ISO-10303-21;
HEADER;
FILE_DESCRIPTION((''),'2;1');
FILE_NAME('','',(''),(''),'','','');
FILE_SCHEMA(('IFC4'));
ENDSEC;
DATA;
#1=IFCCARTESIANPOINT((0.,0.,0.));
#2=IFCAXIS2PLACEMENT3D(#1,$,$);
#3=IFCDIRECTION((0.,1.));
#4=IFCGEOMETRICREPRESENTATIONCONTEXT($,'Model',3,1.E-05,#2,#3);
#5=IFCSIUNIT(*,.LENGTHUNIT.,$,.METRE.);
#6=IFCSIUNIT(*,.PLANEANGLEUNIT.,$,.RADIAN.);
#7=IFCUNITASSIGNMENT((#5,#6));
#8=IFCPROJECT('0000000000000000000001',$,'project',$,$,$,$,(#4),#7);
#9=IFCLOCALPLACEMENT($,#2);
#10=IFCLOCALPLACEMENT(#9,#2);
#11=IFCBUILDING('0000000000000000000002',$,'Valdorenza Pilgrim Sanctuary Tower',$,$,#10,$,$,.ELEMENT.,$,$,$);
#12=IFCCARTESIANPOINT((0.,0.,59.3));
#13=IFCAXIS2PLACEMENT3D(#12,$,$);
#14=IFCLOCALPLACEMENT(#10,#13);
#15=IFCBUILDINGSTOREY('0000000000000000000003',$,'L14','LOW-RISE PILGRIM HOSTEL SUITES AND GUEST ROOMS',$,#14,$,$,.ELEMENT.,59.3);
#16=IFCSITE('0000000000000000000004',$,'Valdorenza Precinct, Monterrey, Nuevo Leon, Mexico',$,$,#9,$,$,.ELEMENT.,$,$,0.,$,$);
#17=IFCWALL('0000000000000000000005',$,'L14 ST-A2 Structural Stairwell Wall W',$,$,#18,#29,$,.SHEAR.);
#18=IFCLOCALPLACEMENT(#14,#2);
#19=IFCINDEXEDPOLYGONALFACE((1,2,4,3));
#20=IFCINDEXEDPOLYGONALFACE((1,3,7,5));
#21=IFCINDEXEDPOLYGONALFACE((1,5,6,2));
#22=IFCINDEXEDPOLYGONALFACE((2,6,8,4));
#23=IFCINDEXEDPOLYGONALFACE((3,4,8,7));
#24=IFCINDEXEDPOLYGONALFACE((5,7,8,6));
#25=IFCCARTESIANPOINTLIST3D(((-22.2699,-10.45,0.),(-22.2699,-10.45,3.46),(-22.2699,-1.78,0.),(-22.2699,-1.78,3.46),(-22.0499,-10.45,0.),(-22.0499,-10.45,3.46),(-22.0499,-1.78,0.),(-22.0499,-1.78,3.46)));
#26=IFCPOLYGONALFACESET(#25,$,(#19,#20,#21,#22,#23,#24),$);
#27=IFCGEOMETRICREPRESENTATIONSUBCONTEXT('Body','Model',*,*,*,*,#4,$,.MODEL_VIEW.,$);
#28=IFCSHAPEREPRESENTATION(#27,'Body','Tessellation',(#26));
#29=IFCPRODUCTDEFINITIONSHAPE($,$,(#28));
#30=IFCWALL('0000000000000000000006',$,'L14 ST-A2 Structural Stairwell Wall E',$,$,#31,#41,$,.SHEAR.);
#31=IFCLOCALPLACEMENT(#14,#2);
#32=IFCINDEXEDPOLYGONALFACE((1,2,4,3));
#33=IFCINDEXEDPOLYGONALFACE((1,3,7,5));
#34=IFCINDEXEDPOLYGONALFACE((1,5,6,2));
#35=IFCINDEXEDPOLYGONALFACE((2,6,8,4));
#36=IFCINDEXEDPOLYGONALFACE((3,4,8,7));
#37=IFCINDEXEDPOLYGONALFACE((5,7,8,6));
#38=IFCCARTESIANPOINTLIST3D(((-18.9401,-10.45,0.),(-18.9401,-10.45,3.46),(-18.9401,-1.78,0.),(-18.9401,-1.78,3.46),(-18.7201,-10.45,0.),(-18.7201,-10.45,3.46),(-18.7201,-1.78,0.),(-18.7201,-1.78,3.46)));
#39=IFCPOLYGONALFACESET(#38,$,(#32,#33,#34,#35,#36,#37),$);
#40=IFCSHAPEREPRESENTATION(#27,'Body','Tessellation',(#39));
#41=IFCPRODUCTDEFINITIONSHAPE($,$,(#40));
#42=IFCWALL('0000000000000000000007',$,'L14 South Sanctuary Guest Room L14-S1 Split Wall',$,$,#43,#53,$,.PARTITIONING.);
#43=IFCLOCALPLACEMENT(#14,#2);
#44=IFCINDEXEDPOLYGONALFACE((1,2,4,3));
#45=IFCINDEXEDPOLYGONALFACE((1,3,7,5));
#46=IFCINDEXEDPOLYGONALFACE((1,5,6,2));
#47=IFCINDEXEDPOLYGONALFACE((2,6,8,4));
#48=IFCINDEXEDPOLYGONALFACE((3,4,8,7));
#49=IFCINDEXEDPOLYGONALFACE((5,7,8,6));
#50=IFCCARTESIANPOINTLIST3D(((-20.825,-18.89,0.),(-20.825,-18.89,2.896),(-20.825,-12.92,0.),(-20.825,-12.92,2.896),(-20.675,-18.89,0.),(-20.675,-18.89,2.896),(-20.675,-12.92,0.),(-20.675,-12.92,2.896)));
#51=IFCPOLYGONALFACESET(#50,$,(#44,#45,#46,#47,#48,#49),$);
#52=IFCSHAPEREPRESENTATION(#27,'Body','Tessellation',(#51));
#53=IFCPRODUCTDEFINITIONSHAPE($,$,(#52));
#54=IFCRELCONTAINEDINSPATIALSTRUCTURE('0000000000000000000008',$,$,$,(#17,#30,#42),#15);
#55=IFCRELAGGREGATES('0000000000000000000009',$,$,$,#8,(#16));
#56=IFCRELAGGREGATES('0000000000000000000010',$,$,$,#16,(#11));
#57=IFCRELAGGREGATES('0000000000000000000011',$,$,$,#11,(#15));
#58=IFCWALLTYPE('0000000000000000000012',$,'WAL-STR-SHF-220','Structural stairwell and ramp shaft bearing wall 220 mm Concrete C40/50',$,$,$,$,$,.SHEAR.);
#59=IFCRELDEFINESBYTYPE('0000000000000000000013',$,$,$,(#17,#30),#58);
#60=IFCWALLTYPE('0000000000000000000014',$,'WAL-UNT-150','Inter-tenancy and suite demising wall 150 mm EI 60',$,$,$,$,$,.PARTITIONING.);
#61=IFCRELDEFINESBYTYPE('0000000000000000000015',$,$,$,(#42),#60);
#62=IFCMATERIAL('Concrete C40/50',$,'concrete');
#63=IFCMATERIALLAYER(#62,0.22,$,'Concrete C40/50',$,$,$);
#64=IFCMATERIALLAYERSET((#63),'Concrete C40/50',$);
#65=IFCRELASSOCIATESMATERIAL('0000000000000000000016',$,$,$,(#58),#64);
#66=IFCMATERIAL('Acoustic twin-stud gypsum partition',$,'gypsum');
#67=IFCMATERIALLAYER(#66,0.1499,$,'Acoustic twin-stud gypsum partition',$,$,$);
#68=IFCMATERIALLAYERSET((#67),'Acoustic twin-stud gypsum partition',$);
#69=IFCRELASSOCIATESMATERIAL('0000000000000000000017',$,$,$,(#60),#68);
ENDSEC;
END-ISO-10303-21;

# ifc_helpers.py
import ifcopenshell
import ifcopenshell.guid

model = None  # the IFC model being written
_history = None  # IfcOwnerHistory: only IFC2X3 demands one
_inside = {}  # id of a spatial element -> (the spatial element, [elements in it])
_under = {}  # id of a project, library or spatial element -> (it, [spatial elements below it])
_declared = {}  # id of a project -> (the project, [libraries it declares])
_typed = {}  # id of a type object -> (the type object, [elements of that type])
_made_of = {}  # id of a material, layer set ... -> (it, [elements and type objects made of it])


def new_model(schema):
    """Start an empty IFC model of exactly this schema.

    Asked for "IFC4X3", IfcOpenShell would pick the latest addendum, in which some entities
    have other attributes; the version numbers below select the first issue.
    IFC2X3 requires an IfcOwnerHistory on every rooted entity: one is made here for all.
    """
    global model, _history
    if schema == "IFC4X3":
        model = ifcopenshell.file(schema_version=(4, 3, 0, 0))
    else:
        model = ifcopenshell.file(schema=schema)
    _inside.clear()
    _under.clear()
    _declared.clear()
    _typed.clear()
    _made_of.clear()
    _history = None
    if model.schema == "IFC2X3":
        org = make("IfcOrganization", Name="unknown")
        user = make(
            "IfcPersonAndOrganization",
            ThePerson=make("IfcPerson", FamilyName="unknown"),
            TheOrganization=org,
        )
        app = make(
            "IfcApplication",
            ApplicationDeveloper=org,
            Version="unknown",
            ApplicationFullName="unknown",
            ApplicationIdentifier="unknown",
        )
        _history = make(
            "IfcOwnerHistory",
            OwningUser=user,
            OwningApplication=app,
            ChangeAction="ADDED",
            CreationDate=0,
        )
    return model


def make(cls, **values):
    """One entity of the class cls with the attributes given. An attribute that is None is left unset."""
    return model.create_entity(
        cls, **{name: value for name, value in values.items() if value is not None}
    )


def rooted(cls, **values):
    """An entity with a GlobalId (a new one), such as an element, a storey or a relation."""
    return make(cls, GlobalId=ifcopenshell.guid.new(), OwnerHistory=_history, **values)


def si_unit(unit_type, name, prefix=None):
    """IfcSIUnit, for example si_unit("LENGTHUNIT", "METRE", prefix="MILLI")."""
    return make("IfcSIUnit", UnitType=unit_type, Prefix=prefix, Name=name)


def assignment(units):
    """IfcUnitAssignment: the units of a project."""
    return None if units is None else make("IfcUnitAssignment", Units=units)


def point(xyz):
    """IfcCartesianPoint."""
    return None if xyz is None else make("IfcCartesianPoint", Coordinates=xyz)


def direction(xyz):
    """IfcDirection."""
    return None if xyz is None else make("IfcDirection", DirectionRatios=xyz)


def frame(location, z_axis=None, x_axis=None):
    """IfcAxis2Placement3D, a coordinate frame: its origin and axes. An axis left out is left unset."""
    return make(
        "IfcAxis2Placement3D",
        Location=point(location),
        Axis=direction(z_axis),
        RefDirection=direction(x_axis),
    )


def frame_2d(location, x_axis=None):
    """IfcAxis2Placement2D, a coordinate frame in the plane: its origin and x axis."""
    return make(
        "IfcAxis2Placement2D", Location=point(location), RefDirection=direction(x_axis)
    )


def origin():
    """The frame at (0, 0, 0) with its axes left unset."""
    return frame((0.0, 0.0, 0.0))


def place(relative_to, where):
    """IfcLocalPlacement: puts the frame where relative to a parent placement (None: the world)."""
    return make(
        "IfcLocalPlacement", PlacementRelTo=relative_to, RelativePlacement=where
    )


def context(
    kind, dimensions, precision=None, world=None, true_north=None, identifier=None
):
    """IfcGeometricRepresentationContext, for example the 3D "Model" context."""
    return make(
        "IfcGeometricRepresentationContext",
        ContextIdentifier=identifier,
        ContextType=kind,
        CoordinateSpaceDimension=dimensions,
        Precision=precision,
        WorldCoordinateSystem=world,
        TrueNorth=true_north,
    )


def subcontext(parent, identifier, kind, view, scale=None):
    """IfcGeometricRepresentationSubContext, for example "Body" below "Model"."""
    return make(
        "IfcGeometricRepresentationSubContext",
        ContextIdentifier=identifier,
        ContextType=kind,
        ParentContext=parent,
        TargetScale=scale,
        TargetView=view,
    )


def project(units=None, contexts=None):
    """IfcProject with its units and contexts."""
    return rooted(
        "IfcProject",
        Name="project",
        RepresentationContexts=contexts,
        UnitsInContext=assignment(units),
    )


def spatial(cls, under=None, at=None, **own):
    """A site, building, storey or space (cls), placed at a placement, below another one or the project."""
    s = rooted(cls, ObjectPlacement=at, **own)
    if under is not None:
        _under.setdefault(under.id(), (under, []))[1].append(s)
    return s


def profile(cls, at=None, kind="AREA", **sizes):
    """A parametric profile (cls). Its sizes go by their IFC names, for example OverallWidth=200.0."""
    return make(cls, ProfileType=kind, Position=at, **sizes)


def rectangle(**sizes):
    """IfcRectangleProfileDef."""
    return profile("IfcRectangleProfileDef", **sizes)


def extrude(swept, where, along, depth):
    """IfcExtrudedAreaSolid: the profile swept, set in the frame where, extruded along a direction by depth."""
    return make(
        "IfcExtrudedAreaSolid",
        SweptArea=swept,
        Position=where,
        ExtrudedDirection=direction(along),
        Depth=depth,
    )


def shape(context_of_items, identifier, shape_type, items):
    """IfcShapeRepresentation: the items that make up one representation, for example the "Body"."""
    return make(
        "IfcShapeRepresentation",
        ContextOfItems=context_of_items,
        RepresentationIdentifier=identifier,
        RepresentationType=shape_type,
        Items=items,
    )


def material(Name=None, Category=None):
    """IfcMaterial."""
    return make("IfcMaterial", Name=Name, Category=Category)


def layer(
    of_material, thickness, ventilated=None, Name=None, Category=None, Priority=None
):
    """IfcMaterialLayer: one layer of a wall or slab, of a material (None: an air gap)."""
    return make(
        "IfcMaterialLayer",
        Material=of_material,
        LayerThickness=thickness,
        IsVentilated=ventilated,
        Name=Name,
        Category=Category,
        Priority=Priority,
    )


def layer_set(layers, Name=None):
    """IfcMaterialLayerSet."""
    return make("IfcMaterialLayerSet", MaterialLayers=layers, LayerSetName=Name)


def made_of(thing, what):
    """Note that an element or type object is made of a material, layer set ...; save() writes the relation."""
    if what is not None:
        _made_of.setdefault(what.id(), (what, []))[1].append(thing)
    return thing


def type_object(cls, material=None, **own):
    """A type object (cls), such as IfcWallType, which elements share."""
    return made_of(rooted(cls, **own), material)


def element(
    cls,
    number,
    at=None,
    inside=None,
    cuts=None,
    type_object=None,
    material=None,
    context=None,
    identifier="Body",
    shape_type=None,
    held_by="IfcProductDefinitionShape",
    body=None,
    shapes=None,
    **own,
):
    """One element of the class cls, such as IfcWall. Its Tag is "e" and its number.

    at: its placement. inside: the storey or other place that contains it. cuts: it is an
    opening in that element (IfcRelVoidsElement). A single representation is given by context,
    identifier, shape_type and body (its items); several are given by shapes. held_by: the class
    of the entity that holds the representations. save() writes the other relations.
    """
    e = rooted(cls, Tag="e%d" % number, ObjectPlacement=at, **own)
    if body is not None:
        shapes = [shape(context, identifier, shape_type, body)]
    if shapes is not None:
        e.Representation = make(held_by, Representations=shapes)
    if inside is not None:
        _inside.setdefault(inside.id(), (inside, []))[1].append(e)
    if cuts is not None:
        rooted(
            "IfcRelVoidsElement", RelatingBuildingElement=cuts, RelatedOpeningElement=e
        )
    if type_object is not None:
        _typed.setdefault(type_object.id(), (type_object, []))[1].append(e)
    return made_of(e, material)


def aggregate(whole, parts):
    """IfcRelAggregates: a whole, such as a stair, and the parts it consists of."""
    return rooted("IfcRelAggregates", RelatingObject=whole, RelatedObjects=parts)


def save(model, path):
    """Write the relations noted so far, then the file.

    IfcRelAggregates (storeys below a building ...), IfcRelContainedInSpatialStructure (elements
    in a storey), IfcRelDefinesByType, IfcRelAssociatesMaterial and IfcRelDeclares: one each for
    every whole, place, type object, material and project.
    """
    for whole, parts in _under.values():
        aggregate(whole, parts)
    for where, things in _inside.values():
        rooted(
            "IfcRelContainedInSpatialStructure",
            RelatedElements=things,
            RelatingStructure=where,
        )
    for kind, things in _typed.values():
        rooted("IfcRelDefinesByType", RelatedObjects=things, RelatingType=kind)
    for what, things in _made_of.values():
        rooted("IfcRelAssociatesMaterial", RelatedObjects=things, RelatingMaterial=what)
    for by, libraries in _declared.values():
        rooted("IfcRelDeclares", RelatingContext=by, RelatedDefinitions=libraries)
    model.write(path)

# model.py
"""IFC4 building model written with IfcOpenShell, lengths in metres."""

from ifc_helpers import new_model, si_unit, direction, frame, frame_2d, origin, place, context, subcontext, project, spatial, rectangle, extrude, material, layer, layer_set, type_object, element, save


model = new_model("IFC4")

# Units and contexts
model_context = context("Model", 3, precision=1e-05, world=origin(), true_north=direction((0.0, 1.0)))
body_context = subcontext(model_context, "Body", "Model", "MODEL_VIEW")
ifc_project = project(units=[si_unit("LENGTHUNIT", "METRE"), si_unit("PLANEANGLEUNIT", "RADIAN")], contexts=[model_context])

# Site, building, storey
site_placement = place(None, origin())
site = spatial("IfcSite", under=ifc_project, at=site_placement, Name="Valdorenza Precinct, Monterrey, Nuevo Leon, Mexico", CompositionType="ELEMENT", RefElevation=0.0)
building_placement = place(site_placement, origin())
building = spatial("IfcBuilding", under=site, at=building_placement, Name="Valdorenza Pilgrim Sanctuary Tower", CompositionType="ELEMENT")
storey_placement = place(building_placement, frame((0.0, 0.0, 59.3)))
storey = spatial("IfcBuildingStorey", under=building, at=storey_placement, Name="L14", Description="LOW-RISE PILGRIM HOSTEL SUITES AND GUEST ROOMS", CompositionType="ELEMENT", Elevation=59.3)

# Walls
ifc_material_1 = material(Name="Concrete C40/50", Category="concrete")
ifc_layer_1 = layer(ifc_material_1, 0.22, Name="Concrete C40/50")
ifc_layer_set_1 = layer_set([ifc_layer_1], Name="Concrete C40/50")
wall_type_1 = type_object("IfcWallType", Name="WAL-STR-SHF-220", Description="Structural stairwell and ramp shaft bearing wall 220 mm Concrete C40/50", PredefinedType="SHEAR", material=ifc_layer_set_1)
for number, where, z_axis, x_axis, name in (
    (1, (-22.1599, -10.45, 0.0), (0.0, 0.0, 1.0), (0.0, 1.0, 0.0), "L14 ST-A2 Structural Stairwell Wall W"),
    (2, (-18.8301, -10.45, 0.0), (0.0, 0.0, 1.0), (0.0, 1.0, 0.0), "L14 ST-A2 Structural Stairwell Wall E"),
):
    element("IfcWall", number, at=place(storey_placement, frame(where, z_axis=z_axis, x_axis=x_axis)), inside=storey, type_object=wall_type_1, Name=name, PredefinedType="SHEAR", context=body_context, shape_type="SweptSolid", body=[
        extrude(rectangle(XDim=8.6699, YDim=0.22, at=frame_2d((4.335, 0.0))), origin(), (0.0, 0.0, 1.0), 3.46),
    ])
ifc_material_2 = material(Name="Acoustic twin-stud gypsum partition", Category="gypsum")
ifc_layer_2 = layer(ifc_material_2, 0.1499, Name="Acoustic twin-stud gypsum partition")
ifc_layer_set_2 = layer_set([ifc_layer_2], Name="Acoustic twin-stud gypsum partition")
wall_type_2 = type_object("IfcWallType", Name="WAL-UNT-150", Description="Inter-tenancy and suite demising wall 150 mm EI 60", PredefinedType="PARTITIONING", material=ifc_layer_set_2)
wall_1_placement = place(storey_placement, frame((-20.75, -18.8899, 0.0), z_axis=(0.0, 0.0, 1.0), x_axis=(0.0, 1.0, 0.0)))
element("IfcWall", 3, at=wall_1_placement, inside=storey, type_object=wall_type_2, Name="L14 South Sanctuary Guest Room L14-S1 Split Wall", PredefinedType="PARTITIONING", context=body_context, shape_type="SweptSolid", body=[
    extrude(rectangle(XDim=5.97, YDim=0.1499, at=frame_2d((2.9849, 0.0))), origin(), (0.0, 0.0, 1.0), 2.896),
])

save(model, "model.ifc")
